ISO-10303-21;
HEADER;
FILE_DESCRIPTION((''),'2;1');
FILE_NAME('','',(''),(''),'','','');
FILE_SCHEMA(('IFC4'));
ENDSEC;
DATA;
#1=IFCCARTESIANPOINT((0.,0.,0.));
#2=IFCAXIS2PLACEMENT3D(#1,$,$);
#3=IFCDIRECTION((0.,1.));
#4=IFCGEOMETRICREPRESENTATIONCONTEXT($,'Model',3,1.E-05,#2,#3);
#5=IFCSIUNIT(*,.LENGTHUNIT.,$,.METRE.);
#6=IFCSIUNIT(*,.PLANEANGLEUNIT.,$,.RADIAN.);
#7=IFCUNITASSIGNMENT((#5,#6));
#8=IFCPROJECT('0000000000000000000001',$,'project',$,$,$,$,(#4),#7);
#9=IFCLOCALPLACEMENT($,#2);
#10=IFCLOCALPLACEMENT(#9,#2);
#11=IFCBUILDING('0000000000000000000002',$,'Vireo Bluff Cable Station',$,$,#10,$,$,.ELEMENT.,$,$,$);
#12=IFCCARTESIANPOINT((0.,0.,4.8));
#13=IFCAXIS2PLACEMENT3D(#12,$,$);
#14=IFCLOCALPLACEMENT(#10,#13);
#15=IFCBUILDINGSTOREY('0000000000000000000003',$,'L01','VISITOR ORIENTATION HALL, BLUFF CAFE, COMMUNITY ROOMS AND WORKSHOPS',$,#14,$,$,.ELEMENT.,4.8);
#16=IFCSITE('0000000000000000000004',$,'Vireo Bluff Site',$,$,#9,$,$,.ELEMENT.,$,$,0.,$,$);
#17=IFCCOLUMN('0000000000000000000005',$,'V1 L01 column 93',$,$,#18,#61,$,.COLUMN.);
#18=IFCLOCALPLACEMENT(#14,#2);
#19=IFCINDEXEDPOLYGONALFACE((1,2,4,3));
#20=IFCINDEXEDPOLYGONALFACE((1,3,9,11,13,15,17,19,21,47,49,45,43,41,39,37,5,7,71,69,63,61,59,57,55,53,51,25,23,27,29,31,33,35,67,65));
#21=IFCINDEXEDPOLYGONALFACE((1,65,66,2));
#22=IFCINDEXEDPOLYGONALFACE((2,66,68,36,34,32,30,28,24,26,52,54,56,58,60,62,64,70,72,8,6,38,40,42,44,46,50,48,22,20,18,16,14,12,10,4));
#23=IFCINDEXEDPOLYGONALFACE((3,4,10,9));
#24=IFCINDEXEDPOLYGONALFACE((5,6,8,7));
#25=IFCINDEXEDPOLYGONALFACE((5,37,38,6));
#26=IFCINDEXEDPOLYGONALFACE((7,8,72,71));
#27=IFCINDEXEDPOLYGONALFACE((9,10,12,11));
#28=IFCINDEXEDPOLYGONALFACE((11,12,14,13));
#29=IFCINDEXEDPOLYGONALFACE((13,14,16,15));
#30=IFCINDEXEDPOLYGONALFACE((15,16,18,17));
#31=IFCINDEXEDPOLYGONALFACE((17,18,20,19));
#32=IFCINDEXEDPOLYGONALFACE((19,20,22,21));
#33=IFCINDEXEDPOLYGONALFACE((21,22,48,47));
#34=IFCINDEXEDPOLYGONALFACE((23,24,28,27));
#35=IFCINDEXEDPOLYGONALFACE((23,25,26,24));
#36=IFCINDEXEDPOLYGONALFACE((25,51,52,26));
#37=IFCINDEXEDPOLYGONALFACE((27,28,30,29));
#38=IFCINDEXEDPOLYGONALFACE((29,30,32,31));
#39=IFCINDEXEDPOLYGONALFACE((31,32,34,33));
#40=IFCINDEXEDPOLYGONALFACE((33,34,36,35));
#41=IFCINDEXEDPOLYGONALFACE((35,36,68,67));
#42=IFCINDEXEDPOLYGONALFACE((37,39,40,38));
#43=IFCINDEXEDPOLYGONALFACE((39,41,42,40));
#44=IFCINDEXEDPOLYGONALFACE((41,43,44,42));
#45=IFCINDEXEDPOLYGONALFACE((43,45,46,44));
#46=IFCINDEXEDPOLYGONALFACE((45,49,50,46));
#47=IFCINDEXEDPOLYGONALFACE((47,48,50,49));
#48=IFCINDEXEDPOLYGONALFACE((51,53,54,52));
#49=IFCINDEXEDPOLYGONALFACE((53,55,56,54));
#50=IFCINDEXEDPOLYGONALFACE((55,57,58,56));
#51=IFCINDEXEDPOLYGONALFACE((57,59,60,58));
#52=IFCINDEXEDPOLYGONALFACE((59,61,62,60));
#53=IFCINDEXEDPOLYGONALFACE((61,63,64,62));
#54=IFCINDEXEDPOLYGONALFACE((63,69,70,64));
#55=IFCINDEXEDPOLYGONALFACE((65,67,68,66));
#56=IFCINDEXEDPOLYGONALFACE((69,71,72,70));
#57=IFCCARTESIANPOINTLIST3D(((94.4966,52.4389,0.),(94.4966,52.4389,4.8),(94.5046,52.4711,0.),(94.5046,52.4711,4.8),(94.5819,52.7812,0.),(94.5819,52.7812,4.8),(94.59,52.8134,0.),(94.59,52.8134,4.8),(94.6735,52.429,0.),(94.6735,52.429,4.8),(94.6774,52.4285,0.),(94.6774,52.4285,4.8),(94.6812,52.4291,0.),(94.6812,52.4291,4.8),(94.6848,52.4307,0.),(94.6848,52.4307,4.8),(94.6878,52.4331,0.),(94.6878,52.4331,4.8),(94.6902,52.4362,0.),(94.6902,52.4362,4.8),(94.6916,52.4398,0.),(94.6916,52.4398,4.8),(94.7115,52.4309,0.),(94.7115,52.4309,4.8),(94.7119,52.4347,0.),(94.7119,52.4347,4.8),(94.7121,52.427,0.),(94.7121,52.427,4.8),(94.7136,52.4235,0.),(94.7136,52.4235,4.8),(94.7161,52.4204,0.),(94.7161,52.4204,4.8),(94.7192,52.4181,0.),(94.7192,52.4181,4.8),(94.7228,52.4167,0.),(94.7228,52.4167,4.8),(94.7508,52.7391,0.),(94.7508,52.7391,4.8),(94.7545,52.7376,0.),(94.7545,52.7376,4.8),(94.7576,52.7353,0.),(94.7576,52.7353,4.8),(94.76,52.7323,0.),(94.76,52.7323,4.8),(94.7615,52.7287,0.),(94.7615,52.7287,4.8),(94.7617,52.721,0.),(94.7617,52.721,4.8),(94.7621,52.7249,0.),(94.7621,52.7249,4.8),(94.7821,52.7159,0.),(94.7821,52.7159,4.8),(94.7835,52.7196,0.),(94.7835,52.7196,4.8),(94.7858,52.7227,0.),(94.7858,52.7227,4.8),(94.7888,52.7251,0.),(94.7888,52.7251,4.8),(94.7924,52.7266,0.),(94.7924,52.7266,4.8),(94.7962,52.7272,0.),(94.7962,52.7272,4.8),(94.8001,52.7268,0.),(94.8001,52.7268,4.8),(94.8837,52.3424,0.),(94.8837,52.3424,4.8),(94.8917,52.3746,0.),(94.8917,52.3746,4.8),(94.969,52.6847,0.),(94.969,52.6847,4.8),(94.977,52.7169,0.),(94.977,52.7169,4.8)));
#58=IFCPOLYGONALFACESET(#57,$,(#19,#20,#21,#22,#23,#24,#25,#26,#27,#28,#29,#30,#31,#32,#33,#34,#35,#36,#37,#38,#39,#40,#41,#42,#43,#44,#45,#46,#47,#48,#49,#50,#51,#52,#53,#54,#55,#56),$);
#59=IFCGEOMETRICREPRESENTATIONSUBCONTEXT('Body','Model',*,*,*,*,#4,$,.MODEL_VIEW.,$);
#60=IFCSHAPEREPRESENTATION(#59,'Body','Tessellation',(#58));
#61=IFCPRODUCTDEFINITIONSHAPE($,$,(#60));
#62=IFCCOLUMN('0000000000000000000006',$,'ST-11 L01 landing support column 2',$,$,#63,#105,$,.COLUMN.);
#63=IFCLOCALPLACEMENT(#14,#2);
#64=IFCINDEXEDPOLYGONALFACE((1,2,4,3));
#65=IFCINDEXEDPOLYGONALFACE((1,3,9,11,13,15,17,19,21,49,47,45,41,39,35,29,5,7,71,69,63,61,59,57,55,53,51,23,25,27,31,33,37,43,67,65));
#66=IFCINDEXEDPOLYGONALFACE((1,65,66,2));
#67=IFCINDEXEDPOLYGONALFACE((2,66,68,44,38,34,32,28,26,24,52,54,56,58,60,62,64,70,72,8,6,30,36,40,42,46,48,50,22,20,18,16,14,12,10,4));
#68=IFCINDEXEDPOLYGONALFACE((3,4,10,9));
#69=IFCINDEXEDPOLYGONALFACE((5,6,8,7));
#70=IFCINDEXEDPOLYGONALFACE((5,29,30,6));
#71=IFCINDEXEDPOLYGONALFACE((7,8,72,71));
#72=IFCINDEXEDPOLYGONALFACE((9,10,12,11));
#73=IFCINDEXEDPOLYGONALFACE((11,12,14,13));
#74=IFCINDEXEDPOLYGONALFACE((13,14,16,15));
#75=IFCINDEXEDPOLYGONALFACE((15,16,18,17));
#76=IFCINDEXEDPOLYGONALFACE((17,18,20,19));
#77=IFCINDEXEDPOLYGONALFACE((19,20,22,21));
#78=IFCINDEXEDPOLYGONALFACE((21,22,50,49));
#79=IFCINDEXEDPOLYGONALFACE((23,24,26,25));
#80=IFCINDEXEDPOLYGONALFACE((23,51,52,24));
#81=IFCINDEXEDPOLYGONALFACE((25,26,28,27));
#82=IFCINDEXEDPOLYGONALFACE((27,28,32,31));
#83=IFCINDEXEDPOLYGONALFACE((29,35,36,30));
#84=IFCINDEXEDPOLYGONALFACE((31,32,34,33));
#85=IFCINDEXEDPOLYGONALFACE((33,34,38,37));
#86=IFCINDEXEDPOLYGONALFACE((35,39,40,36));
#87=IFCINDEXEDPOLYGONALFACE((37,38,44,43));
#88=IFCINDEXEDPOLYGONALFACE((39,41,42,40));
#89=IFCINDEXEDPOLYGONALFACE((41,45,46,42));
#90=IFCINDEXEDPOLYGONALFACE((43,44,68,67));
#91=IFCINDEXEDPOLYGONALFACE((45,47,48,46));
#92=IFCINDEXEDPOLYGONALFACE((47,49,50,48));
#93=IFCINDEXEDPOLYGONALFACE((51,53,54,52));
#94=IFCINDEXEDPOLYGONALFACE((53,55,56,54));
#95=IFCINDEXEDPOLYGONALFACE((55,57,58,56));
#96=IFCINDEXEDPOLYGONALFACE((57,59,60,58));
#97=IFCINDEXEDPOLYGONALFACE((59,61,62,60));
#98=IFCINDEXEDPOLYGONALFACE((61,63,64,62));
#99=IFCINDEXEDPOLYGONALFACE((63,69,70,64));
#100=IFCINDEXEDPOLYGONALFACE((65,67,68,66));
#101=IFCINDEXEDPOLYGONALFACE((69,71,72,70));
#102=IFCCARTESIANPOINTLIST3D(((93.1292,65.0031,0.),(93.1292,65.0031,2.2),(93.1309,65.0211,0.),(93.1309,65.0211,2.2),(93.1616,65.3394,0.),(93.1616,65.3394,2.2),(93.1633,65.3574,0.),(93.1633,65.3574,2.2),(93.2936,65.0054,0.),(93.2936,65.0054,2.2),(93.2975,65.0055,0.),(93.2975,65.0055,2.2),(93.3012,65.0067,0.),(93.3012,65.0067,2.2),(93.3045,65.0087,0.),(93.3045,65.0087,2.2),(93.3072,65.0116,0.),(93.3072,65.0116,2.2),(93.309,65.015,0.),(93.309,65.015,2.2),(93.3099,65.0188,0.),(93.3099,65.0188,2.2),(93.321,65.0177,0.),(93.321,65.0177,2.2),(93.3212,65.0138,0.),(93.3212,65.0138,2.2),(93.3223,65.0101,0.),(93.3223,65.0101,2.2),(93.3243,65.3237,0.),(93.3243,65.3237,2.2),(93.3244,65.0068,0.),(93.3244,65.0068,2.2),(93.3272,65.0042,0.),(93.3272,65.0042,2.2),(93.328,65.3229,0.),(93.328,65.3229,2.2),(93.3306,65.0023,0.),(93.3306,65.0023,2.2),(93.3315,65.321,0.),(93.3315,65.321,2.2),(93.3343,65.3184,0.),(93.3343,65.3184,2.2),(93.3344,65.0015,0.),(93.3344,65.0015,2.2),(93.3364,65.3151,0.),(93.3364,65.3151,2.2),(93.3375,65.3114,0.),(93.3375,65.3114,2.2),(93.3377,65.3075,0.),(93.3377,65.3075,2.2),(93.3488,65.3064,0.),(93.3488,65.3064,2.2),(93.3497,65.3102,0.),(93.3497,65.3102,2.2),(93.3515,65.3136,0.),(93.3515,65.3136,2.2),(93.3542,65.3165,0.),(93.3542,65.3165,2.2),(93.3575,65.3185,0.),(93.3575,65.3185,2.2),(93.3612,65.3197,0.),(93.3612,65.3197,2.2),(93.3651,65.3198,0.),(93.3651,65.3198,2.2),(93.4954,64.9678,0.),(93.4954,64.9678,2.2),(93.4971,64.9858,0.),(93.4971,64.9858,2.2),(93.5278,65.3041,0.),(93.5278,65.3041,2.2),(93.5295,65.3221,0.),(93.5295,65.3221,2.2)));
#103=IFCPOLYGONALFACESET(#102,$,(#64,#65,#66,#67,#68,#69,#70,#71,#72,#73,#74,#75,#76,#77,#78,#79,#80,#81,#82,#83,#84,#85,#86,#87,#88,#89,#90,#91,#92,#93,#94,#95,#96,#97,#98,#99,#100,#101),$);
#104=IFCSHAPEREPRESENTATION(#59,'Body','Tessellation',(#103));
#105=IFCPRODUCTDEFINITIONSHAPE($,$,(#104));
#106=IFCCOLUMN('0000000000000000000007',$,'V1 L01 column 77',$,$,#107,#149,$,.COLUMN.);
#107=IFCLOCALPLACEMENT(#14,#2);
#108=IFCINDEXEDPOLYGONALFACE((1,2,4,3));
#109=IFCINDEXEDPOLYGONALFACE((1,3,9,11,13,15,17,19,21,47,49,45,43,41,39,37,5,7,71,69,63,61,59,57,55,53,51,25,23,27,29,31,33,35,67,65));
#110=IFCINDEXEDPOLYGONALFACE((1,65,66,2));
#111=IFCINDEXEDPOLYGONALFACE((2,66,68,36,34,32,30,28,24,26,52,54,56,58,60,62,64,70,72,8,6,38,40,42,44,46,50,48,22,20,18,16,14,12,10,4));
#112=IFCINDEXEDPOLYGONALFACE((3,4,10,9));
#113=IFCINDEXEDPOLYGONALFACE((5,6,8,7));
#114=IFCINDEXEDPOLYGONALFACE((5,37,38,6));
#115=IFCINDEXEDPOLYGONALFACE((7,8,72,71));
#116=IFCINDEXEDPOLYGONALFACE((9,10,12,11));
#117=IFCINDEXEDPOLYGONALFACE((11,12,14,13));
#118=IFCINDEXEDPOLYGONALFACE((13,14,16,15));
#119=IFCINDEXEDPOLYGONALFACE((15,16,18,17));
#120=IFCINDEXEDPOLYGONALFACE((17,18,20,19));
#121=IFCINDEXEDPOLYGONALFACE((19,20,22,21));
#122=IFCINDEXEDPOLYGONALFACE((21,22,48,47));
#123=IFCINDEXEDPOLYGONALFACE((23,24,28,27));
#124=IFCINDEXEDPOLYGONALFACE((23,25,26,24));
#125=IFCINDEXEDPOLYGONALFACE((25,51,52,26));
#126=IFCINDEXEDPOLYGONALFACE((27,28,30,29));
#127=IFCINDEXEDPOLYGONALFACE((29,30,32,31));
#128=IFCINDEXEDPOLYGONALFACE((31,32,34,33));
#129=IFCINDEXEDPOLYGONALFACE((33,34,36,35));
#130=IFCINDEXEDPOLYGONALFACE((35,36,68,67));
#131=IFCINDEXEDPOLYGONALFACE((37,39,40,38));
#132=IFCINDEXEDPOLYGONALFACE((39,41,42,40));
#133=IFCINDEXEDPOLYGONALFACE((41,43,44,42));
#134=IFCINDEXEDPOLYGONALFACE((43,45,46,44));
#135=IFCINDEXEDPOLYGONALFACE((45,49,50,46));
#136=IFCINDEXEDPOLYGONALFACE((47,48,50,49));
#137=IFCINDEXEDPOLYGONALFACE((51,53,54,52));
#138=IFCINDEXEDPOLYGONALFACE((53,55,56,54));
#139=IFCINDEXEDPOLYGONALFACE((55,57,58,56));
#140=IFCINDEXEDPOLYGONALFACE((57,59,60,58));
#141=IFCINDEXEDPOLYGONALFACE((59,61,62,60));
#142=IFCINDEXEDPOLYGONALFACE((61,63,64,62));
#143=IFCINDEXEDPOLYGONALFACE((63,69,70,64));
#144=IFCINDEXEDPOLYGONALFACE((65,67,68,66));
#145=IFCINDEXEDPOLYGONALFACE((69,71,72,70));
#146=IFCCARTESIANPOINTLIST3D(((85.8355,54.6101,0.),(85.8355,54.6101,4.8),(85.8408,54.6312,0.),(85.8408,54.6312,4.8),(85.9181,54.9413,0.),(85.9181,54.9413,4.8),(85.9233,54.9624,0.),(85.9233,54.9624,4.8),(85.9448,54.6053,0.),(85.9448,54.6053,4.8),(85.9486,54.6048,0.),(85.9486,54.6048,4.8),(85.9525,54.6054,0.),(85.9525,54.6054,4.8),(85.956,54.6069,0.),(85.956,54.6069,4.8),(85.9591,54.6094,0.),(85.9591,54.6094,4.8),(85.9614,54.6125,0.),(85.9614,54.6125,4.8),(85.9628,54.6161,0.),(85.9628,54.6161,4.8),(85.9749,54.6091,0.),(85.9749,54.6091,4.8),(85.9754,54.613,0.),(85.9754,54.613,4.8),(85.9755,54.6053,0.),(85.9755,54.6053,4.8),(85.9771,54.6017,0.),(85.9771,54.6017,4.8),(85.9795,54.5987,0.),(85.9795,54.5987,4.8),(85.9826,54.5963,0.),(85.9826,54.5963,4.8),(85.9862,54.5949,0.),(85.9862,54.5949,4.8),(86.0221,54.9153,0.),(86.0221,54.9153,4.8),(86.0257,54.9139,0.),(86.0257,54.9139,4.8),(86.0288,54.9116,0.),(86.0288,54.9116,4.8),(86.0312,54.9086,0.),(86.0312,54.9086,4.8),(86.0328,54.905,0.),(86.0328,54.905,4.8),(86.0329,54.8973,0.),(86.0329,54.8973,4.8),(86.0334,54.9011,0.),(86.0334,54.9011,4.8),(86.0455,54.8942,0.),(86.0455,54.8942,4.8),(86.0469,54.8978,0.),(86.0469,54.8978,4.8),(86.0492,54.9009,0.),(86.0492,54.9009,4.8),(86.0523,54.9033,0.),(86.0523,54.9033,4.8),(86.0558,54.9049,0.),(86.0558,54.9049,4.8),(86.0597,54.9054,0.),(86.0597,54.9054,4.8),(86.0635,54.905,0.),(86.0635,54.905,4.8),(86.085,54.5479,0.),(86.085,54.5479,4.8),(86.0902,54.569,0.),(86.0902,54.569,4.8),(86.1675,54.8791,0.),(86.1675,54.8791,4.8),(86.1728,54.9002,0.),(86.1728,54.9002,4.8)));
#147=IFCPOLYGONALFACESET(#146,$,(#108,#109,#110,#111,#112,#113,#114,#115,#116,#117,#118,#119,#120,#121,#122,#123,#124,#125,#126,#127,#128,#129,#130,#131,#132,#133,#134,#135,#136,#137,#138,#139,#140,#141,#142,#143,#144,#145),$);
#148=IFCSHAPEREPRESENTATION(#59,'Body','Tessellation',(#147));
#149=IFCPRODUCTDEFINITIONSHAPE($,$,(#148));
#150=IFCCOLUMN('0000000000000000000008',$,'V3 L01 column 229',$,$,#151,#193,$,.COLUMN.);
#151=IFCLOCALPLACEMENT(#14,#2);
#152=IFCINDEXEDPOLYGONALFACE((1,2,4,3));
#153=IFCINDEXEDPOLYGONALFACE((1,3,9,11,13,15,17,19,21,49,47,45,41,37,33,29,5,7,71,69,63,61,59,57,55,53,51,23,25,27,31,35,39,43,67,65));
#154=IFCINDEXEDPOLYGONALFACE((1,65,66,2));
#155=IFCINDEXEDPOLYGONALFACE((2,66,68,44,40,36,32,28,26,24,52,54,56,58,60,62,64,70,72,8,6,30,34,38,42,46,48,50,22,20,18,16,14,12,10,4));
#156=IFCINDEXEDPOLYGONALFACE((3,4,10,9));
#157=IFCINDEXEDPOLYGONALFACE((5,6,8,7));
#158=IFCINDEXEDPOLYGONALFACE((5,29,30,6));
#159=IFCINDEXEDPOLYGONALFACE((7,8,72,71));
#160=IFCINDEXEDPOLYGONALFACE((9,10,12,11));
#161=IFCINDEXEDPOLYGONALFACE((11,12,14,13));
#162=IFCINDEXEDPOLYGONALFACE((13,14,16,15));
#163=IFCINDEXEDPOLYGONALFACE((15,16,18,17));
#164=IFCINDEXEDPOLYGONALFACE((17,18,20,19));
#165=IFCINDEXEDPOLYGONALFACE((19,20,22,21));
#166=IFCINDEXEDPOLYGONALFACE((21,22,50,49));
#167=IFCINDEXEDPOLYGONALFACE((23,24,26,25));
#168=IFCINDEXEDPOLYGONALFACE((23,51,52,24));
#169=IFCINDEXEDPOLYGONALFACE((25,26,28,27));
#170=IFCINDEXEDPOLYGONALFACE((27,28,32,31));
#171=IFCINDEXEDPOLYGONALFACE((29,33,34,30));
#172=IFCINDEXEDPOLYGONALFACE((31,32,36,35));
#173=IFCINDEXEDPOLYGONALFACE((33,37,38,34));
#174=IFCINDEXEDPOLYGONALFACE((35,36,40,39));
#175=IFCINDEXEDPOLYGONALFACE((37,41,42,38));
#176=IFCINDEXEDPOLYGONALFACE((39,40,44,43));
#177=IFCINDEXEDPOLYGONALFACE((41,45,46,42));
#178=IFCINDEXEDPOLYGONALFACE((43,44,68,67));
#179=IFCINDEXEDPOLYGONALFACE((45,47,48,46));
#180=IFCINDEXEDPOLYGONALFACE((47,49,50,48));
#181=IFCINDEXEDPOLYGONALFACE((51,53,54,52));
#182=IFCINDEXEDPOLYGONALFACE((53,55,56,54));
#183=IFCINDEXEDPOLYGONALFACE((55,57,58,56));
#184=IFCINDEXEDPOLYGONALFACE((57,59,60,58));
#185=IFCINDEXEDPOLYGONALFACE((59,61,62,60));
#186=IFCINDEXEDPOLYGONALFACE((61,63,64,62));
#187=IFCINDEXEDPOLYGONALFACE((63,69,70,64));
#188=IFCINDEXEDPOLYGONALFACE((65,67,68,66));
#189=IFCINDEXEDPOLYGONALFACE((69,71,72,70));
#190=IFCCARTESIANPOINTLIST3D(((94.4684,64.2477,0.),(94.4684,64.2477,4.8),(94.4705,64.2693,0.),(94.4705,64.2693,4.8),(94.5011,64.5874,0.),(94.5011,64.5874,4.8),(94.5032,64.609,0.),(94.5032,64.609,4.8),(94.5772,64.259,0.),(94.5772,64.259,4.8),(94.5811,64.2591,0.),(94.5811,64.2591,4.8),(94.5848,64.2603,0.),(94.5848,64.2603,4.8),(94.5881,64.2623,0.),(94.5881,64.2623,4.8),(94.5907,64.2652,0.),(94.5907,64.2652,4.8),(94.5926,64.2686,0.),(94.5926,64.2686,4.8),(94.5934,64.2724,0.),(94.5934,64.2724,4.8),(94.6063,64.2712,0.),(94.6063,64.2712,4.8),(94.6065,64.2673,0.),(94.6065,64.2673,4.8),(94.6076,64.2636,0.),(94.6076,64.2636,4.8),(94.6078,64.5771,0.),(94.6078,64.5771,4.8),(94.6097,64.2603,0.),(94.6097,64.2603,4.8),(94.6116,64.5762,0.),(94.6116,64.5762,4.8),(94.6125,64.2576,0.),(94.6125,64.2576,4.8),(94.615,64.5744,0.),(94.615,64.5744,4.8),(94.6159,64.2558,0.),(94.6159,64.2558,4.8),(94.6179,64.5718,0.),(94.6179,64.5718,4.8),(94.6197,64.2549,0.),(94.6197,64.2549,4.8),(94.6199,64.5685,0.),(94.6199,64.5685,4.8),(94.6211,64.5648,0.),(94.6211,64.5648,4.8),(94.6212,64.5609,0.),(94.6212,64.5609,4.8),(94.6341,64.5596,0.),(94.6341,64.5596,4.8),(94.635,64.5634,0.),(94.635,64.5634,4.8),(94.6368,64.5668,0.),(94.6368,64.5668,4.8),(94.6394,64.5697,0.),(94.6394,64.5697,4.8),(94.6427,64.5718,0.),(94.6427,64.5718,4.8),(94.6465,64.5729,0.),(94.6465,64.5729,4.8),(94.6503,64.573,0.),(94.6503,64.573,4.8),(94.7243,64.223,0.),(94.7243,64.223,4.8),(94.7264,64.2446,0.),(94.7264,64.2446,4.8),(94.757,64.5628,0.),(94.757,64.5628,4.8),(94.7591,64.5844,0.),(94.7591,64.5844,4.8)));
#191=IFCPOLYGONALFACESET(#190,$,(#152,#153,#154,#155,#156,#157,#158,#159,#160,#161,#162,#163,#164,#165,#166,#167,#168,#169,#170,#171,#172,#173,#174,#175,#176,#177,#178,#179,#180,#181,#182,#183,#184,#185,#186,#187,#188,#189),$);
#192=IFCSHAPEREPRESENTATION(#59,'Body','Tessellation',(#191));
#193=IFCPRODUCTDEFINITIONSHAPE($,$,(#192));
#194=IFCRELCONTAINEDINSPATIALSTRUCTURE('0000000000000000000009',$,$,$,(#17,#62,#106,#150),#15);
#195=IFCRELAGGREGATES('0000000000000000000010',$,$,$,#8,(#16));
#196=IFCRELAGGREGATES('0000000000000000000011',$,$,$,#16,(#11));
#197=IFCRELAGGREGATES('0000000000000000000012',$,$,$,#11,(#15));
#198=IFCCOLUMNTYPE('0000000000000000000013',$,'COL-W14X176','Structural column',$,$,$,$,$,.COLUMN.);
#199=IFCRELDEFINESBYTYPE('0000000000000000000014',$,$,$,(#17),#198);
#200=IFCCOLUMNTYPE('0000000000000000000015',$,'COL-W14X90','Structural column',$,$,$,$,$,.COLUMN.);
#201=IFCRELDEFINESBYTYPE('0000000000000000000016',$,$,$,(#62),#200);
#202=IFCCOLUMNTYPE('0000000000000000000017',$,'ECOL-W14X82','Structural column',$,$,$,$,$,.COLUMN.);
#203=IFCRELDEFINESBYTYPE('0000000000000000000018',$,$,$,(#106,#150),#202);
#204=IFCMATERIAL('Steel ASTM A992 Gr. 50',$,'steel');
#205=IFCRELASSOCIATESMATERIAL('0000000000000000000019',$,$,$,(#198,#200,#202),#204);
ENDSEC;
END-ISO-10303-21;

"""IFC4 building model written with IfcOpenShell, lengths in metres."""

from ifc_helpers import new_model, si_unit, direction, frame, origin, origin_2d, place, context, subcontext, project, spatial, i_section, extrude, material, material_profile, profile_set, type_object, element, save


model = new_model("IFC4")

# Units and contexts
model_context = context("Model", 3, precision=1e-05, world=origin(), true_north=direction((0.0, 1.0)))
body_context = subcontext(model_context, "Body", "Model", "MODEL_VIEW")
ifc_project = project(units=[si_unit("LENGTHUNIT", "METRE"), si_unit("PLANEANGLEUNIT", "RADIAN")], contexts=[model_context])

# Site, building, storey
site_placement = place(None, origin())
site = spatial("IfcSite", under=ifc_project, at=site_placement, Name="Vireo Bluff Site", CompositionType="ELEMENT", RefElevation=0.0)
building_placement = place(site_placement, origin())
building = spatial("IfcBuilding", under=site, at=building_placement, Name="Vireo Bluff Cable Station", CompositionType="ELEMENT")
storey_placement = place(building_placement, frame((0.0, 0.0, 4.8)))
storey = spatial("IfcBuildingStorey", under=building, at=storey_placement, Name="L01", Description="VISITOR ORIENTATION HALL, BLUFF CAFE, COMMUNITY ROOMS AND WORKSHOPS", CompositionType="ELEMENT", Elevation=4.8)

# Columns
ifc_material_1 = material(Name="Steel ASTM A992 Gr. 50", Category="steel")
ifc_material_profile_1 = material_profile(ifc_material_1, i_section(OverallWidth=0.3989, OverallDepth=0.386, WebThickness=0.021, FlangeThickness=0.0332, FilletRadius=0.0149, at=origin_2d()), Name="W14X176")
ifc_profile_set_1 = profile_set([ifc_material_profile_1], Name="Steel ASTM A992 Gr. 50")
column_type_1 = type_object("IfcColumnType", Name="COL-W14X176", Description="Structural column", PredefinedType="COLUMN", material=ifc_profile_set_1)
column_1_placement = place(storey_placement, frame((94.7368, 52.5779, 0.0), z_axis=(0.0, 0.0, 1.0), x_axis=(0.970296, -0.241922, 0.0)))
element("IfcColumn", 1, at=column_1_placement, inside=storey, type_object=column_type_1, Name="V1 L01 column 93", PredefinedType="COLUMN", context=body_context, shape_type="SweptSolid", body=[
    extrude(i_section(OverallWidth=0.3989, OverallDepth=0.386, WebThickness=0.021, FlangeThickness=0.0332, FilletRadius=0.0149, at=origin_2d()), origin(), (0.0, 0.0, 1.0), 4.8),
])
ifc_material_profile_2 = material_profile(ifc_material_1, i_section(OverallWidth=0.3679, OverallDepth=0.356, WebThickness=0.0112, FlangeThickness=0.0181, FilletRadius=0.0149, at=origin_2d()), Name="W14X90")
ifc_profile_set_2 = profile_set([ifc_material_profile_2], Name="Steel ASTM A992 Gr. 50")
column_type_2 = type_object("IfcColumnType", Name="COL-W14X90", Description="Structural column", PredefinedType="COLUMN", material=ifc_profile_set_2)
column_2_placement = place(storey_placement, frame((93.3293, 65.1626, 0.0), z_axis=(0.0, 0.0, 1.0), x_axis=(0.995396, -0.095846, 0.0)))
element("IfcColumn", 2, at=column_2_placement, inside=storey, type_object=column_type_2, Name="ST-11 L01 landing support column 2", PredefinedType="COLUMN", context=body_context, shape_type="SweptSolid", body=[
    extrude(i_section(OverallWidth=0.3679, OverallDepth=0.356, WebThickness=0.0112, FlangeThickness=0.0181, FilletRadius=0.0149, at=origin_2d()), origin(), (0.0, 0.0, 1.0), 2.2),
])
ifc_material_profile_3 = material_profile(ifc_material_1, i_section(OverallWidth=0.2571, OverallDepth=0.363, WebThickness=0.0129, FlangeThickness=0.0217, FilletRadius=0.0149, at=origin_2d()), Name="W14X82")
ifc_profile_set_3 = profile_set([ifc_material_profile_3], Name="Steel ASTM A992 Gr. 50")
column_type_3 = type_object("IfcColumnType", Name="ECOL-W14X82", Description="Structural column", PredefinedType="COLUMN", material=ifc_profile_set_3)
for number, where, z_axis, x_axis, name in (
    (3, (86.0042, 54.7551, 0.0), (0.0, 0.0, 1.0), (0.970296, -0.241922, 0.0), "V1 L01 column 77"),
    (4, (94.6138, 64.416, 0.0), (0.0, 0.0, 1.0), (0.995396, -0.095846, 0.0), "V3 L01 column 229"),
):
    element("IfcColumn", number, at=place(storey_placement, frame(where, z_axis=z_axis, x_axis=x_axis)), inside=storey, type_object=column_type_3, Name=name, PredefinedType="COLUMN", context=body_context, shape_type="SweptSolid", body=[
        extrude(i_section(OverallWidth=0.2571, OverallDepth=0.363, WebThickness=0.0129, FlangeThickness=0.0217, FilletRadius=0.0149, at=origin_2d()), origin(), (0.0, 0.0, 1.0), 4.8),
    ])

save(model, "model.ifc")
